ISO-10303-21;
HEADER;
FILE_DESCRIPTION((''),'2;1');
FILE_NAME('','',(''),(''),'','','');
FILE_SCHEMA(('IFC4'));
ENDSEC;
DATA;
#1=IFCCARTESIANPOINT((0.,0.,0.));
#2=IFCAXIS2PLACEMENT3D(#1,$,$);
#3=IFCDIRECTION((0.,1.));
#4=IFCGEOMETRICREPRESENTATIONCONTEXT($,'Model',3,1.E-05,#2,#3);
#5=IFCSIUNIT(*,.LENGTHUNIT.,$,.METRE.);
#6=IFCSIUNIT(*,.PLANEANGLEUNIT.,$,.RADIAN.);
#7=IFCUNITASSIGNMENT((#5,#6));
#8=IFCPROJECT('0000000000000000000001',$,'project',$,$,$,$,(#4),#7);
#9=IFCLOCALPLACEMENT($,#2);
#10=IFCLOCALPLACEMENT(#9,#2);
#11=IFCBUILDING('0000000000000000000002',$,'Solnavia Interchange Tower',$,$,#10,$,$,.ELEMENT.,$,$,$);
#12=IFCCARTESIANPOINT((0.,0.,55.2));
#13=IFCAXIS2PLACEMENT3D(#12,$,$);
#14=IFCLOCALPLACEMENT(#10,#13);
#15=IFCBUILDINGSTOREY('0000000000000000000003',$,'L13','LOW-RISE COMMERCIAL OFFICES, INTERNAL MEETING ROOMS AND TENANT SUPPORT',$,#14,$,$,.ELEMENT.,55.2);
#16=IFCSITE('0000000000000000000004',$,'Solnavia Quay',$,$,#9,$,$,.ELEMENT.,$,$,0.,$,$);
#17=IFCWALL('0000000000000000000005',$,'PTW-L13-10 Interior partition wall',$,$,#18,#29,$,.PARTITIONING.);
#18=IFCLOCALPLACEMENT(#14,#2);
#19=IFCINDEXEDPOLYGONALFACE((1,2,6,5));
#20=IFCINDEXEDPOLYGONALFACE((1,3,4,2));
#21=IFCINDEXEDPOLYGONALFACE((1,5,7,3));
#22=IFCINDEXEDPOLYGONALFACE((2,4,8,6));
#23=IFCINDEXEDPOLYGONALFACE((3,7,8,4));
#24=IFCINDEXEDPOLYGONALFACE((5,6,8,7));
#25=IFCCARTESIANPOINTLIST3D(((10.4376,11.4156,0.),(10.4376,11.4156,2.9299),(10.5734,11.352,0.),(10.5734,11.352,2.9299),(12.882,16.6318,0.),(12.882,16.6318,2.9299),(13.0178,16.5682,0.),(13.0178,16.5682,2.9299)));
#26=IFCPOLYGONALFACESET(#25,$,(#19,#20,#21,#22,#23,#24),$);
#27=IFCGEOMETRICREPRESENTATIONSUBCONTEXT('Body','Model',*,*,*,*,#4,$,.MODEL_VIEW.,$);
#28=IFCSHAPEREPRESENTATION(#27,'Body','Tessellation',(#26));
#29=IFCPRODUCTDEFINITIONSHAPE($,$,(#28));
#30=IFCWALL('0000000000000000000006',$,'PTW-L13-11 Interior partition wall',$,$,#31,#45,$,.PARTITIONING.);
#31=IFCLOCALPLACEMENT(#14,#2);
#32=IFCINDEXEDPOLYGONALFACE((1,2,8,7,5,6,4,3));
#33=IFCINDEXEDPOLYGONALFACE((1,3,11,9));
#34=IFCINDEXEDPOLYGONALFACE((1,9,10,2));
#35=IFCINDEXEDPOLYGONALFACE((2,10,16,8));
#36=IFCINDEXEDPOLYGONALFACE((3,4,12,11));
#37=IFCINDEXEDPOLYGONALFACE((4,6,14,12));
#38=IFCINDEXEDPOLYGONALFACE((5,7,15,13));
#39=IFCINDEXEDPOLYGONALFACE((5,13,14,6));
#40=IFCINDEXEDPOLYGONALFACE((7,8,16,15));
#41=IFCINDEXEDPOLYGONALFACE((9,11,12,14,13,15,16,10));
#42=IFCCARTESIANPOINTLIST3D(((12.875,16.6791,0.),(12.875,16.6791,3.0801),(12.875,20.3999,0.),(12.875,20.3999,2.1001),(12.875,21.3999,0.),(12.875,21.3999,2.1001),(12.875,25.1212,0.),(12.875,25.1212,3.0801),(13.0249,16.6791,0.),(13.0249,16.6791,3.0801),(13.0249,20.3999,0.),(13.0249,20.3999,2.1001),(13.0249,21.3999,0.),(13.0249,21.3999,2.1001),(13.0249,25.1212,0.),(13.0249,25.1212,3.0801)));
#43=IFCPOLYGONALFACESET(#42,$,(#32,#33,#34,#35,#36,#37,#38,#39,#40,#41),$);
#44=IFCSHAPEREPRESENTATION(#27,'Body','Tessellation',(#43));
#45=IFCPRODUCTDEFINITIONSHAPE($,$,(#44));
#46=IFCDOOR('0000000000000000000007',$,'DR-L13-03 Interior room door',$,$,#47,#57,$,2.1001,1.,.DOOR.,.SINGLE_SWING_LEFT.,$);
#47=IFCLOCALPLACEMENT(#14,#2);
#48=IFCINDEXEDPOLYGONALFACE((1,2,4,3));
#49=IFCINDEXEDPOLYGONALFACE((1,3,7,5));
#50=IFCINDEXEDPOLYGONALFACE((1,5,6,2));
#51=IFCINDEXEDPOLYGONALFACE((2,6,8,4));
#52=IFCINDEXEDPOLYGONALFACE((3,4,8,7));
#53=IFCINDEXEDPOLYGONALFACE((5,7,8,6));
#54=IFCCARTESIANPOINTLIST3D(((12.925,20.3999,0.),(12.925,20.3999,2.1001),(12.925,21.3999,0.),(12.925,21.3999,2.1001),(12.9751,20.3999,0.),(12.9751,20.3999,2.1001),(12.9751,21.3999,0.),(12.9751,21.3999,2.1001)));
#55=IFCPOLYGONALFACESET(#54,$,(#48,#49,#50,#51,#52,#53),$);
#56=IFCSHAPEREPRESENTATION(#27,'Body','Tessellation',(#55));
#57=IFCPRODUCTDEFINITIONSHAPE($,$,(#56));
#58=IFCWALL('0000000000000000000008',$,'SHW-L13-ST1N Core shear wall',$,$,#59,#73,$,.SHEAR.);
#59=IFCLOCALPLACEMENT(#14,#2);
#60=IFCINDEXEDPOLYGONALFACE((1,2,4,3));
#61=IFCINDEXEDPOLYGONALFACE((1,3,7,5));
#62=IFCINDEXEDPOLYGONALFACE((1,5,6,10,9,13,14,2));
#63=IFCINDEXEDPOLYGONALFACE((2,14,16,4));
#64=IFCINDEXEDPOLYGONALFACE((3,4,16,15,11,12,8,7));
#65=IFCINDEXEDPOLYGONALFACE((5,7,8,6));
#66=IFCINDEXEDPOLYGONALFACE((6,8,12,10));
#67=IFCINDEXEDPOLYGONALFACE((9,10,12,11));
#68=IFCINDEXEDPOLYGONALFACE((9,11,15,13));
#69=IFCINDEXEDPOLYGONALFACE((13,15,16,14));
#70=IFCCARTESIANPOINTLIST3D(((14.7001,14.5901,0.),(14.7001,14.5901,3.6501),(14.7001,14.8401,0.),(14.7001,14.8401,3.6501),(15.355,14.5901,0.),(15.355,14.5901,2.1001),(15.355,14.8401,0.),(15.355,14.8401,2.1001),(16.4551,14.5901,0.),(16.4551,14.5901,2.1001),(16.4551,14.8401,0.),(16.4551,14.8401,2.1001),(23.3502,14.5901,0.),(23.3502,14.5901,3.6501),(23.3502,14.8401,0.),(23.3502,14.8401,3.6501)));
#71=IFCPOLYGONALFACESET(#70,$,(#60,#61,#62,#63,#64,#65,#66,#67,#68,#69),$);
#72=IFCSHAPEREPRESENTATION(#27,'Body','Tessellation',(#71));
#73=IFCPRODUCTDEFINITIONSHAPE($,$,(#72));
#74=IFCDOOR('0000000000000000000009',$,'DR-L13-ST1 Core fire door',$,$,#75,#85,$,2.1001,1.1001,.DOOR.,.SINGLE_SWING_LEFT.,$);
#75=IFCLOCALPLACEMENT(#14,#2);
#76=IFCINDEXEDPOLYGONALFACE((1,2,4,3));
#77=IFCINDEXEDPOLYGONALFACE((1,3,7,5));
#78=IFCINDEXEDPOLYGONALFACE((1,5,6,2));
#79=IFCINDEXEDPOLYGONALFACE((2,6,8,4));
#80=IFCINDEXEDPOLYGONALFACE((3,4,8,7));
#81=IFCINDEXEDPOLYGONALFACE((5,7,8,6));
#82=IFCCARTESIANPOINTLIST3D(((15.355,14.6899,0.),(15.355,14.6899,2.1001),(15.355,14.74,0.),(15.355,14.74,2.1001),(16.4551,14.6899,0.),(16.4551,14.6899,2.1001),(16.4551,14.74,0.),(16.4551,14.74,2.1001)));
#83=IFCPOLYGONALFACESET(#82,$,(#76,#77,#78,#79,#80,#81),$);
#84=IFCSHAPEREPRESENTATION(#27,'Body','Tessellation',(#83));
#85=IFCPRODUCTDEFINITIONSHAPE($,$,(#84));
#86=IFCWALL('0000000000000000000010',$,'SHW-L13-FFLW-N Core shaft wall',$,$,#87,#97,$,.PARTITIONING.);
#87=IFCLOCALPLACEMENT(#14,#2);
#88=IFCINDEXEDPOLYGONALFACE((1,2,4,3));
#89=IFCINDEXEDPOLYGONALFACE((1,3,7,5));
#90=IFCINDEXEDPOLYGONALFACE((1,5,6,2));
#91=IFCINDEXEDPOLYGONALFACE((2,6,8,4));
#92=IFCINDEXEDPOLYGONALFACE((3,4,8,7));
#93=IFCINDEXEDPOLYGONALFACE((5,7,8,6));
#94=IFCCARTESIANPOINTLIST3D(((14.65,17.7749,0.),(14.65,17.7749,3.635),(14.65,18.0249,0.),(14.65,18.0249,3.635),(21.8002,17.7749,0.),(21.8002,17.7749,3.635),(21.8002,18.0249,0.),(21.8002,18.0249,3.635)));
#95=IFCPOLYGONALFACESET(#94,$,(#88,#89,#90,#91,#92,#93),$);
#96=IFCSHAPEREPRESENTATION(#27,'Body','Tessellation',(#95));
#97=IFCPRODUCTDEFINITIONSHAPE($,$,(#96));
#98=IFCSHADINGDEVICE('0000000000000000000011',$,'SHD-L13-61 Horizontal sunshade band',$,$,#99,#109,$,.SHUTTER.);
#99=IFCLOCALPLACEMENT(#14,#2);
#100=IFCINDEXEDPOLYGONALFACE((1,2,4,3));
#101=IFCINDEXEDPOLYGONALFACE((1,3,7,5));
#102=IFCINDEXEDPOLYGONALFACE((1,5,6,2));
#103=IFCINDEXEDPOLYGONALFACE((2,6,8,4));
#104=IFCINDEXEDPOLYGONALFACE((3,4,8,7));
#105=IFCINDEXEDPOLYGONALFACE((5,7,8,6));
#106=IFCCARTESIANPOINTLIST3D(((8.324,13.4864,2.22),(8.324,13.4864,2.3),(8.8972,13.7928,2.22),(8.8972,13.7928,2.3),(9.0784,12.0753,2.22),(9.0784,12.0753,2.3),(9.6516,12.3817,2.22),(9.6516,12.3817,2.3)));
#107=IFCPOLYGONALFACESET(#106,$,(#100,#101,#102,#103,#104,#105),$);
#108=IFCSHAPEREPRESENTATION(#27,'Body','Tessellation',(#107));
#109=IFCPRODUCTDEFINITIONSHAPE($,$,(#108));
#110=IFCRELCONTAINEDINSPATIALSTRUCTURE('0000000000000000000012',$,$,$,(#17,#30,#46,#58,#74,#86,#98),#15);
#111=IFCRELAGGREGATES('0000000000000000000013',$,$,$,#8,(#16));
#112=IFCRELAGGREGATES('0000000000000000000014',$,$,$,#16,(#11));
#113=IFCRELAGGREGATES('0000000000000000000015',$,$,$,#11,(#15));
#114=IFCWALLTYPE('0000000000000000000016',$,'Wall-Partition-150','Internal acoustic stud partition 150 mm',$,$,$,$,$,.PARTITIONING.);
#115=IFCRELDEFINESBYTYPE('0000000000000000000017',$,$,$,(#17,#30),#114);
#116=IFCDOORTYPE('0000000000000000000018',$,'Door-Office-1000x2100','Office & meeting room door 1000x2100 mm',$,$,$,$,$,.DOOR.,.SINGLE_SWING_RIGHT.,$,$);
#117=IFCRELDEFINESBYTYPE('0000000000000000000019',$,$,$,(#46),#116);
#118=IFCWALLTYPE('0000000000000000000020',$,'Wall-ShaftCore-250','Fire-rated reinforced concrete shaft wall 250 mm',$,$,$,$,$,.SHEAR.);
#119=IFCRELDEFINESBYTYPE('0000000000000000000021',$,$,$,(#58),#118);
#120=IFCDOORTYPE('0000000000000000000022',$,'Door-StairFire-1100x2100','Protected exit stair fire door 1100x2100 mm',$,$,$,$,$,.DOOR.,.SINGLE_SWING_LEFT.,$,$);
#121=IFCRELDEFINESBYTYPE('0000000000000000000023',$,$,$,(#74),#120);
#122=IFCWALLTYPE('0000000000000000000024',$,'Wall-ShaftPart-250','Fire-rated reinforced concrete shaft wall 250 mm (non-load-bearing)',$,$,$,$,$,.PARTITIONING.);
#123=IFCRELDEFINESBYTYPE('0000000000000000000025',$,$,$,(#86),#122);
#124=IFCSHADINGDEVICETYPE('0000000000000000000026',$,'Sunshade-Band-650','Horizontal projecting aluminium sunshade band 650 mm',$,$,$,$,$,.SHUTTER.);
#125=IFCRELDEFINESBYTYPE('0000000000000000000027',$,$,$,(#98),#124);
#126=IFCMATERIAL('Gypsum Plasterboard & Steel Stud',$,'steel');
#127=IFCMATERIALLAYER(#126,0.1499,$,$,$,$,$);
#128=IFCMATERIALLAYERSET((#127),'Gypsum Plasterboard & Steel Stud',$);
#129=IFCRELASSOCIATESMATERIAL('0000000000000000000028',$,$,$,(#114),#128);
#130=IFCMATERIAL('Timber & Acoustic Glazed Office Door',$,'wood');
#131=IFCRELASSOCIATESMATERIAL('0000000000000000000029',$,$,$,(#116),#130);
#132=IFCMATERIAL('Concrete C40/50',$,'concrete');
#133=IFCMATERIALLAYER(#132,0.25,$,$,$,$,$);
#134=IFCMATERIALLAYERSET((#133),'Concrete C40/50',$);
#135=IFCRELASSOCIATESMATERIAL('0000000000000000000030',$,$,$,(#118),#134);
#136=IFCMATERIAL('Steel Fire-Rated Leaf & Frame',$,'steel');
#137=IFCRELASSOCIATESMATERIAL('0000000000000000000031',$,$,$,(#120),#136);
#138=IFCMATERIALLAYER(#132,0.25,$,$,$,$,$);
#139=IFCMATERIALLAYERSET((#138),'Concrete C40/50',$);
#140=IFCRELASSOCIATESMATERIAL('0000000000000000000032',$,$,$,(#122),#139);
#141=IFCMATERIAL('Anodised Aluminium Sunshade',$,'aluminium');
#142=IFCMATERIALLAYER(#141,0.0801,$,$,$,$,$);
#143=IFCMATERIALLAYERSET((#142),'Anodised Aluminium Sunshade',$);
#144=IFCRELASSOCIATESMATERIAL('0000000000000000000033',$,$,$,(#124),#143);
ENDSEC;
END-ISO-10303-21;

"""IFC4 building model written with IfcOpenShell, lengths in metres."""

from ifc_helpers import new_model, si_unit, direction, frame, frame_2d, origin, origin_2d, place, context, subcontext, project, spatial, rectangle, extrude, material, layer, layer_set, type_object, element, fill, save


model = new_model("IFC4")

# Units and contexts
model_context = context("Model", 3, precision=1e-05, world=origin(), true_north=direction((0.0, 1.0)))
body_context = subcontext(model_context, "Body", "Model", "MODEL_VIEW")
ifc_project = project(units=[si_unit("LENGTHUNIT", "METRE"), si_unit("PLANEANGLEUNIT", "RADIAN")], contexts=[model_context])

# Site, building, storey
site_placement = place(None, origin())
site = spatial("IfcSite", under=ifc_project, at=site_placement, Name="Solnavia Quay", CompositionType="ELEMENT", RefElevation=0.0)
building_placement = place(site_placement, origin())
building = spatial("IfcBuilding", under=site, at=building_placement, Name="Solnavia Interchange Tower", CompositionType="ELEMENT")
storey_placement = place(building_placement, frame((0.0, 0.0, 55.2)))
storey = spatial("IfcBuildingStorey", under=building, at=storey_placement, Name="L13", Description="LOW-RISE COMMERCIAL OFFICES, INTERNAL MEETING ROOMS AND TENANT SUPPORT", CompositionType="ELEMENT", Elevation=55.2)

# Shared definitions
ifc_material_1 = material(Name="Concrete C40/50", Category="concrete")

# Wall
ifc_material_2 = material(Name="Gypsum Plasterboard & Steel Stud", Category="steel")
ifc_layer_1 = layer(ifc_material_2, 0.1499)
ifc_layer_set_1 = layer_set([ifc_layer_1], Name="Gypsum Plasterboard & Steel Stud")
wall_type_1 = type_object("IfcWallType", Name="Wall-Partition-150", Description="Internal acoustic stud partition 150 mm", PredefinedType="PARTITIONING", material=ifc_layer_set_1)
wall_1_placement = place(storey_placement, frame((12.95, 16.6001, 0.0), z_axis=(0.0, 0.0, 1.0), x_axis=(-0.424335, -0.905505, 0.0)))
element("IfcWall", 1, at=wall_1_placement, inside=storey, type_object=wall_type_1, Name="PTW-L13-10 Interior partition wall", PredefinedType="PARTITIONING", context=body_context, shape_type="SweptSolid", body=[
    extrude(rectangle(XDim=5.7605, YDim=0.1499, at=frame_2d((2.8804, 0.0))), origin(), (0.0, 0.0, 1.0), 2.9299),
])

# Walls, openings, doors
wall_2_placement = place(storey_placement, frame((12.95, 16.679, 0.0), z_axis=(0.0, 0.0, 1.0), x_axis=(0.0, 1.0, 0.0)))
wall_2 = element("IfcWall", 2, at=wall_2_placement, inside=storey, type_object=wall_type_1, Name="PTW-L13-11 Interior partition wall", PredefinedType="PARTITIONING", context=body_context, shape_type="SweptSolid", body=[
    extrude(rectangle(XDim=8.4421, YDim=0.1499, at=frame_2d((4.2212, 0.0))), origin(), (0.0, 0.0, 1.0), 3.0801),
])
opening_1_placement = place(wall_2_placement, frame((3.7209, 0.0, 0.0)))
opening_1 = element("IfcOpeningElement", 3, at=opening_1_placement, cuts=wall_2, PredefinedType="OPENING", context=body_context, shape_type="SweptSolid", body=[
    extrude(rectangle(XDim=1.0, YDim=2.1001, at=frame_2d((0.5, 1.05))), frame((0.0, 0.085, 0.0), z_axis=(0.0, -1.0, 0.0), x_axis=(1.0, 0.0, 0.0)), (0.0, 0.0, 1.0), 0.1699),
])
ifc_material_3 = material(Name="Timber & Acoustic Glazed Office Door", Category="wood")
door_type_1 = type_object("IfcDoorType", Name="Door-Office-1000x2100", Description="Office & meeting room door 1000x2100 mm", OperationType="SINGLE_SWING_RIGHT", PredefinedType="DOOR", material=ifc_material_3)
door_1_placement = place(opening_1_placement, origin())
door_1 = element("IfcDoor", 4, at=door_1_placement, inside=storey, type_object=door_type_1, Name="DR-L13-03 Interior room door", OperationType="SINGLE_SWING_LEFT", OverallHeight=2.1001, OverallWidth=1.0, PredefinedType="DOOR", context=body_context, shape_type="SweptSolid", body=[
    extrude(rectangle(XDim=1.0, YDim=2.1001, at=frame_2d((0.5, 1.05))), frame((0.0, 0.0249, 0.0), z_axis=(0.0, -1.0, 0.0), x_axis=(1.0, 0.0, 0.0)), (0.0, 0.0, 1.0), 0.05),
])
fill(opening_1, door_1)
ifc_layer_2 = layer(ifc_material_1, 0.25)
ifc_layer_set_2 = layer_set([ifc_layer_2], Name="Concrete C40/50")
wall_type_2 = type_object("IfcWallType", Name="Wall-ShaftCore-250", Description="Fire-rated reinforced concrete shaft wall 250 mm", PredefinedType="SHEAR", material=ifc_layer_set_2)
wall_3_placement = place(storey_placement, frame((14.7, 14.7151, 0.0), z_axis=(0.0, 0.0, 1.0), x_axis=(1.0, 0.0, 0.0)))
wall_3 = element("IfcWall", 5, at=wall_3_placement, inside=storey, type_object=wall_type_2, Name="SHW-L13-ST1N Core shear wall", PredefinedType="SHEAR", context=body_context, shape_type="SweptSolid", body=[
    extrude(rectangle(XDim=8.6501, YDim=0.25, at=frame_2d((4.3252, 0.0))), origin(), (0.0, 0.0, 1.0), 3.6501),
])
opening_2_placement = place(wall_3_placement, frame((0.655, 0.0, 0.0)))
opening_2 = element("IfcOpeningElement", 6, at=opening_2_placement, cuts=wall_3, PredefinedType="OPENING", context=body_context, shape_type="SweptSolid", body=[
    extrude(rectangle(XDim=1.1001, YDim=2.1001, at=frame_2d((0.55, 1.05))), frame((0.0, 0.135, 0.0), z_axis=(0.0, -1.0, 0.0), x_axis=(1.0, 0.0, 0.0)), (0.0, 0.0, 1.0), 0.27),
])
ifc_material_4 = material(Name="Steel Fire-Rated Leaf & Frame", Category="steel")
door_type_2 = type_object("IfcDoorType", Name="Door-StairFire-1100x2100", Description="Protected exit stair fire door 1100x2100 mm", OperationType="SINGLE_SWING_LEFT", PredefinedType="DOOR", material=ifc_material_4)
door_2_placement = place(opening_2_placement, origin())
door_2 = element("IfcDoor", 7, at=door_2_placement, inside=storey, type_object=door_type_2, Name="DR-L13-ST1 Core fire door", OperationType="SINGLE_SWING_LEFT", OverallHeight=2.1001, OverallWidth=1.1001, PredefinedType="DOOR", context=body_context, shape_type="SweptSolid", body=[
    extrude(rectangle(XDim=1.1001, YDim=2.1001, at=frame_2d((0.55, 1.05))), frame((0.0, 0.0249, 0.0), z_axis=(0.0, -1.0, 0.0), x_axis=(1.0, 0.0, 0.0)), (0.0, 0.0, 1.0), 0.05),
])
fill(opening_2, door_2)

# Wall
ifc_layer_3 = layer(ifc_material_1, 0.25)
ifc_layer_set_3 = layer_set([ifc_layer_3], Name="Concrete C40/50")
wall_type_3 = type_object("IfcWallType", Name="Wall-ShaftPart-250", Description="Fire-rated reinforced concrete shaft wall 250 mm (non-load-bearing)", PredefinedType="PARTITIONING", material=ifc_layer_set_3)
wall_4_placement = place(storey_placement, frame((14.6499, 17.8999, 0.0), z_axis=(0.0, 0.0, 1.0), x_axis=(1.0, 0.0, 0.0)))
element("IfcWall", 8, at=wall_4_placement, inside=storey, type_object=wall_type_3, Name="SHW-L13-FFLW-N Core shaft wall", PredefinedType="PARTITIONING", context=body_context, shape_type="SweptSolid", body=[
    extrude(rectangle(XDim=7.1501, YDim=0.25, at=frame_2d((3.5752, 0.0))), origin(), (0.0, 0.0, 1.0), 3.635),
])

# Shading device
ifc_material_5 = material(Name="Anodised Aluminium Sunshade", Category="aluminium")
ifc_layer_4 = layer(ifc_material_5, 0.0801)
ifc_layer_set_4 = layer_set([ifc_layer_4], Name="Anodised Aluminium Sunshade")
shading_device_type = type_object("IfcShadingDeviceType", Name="Sunshade-Band-650", Description="Horizontal projecting aluminium sunshade band 650 mm", PredefinedType="SHUTTER", material=ifc_layer_set_4)
shading_device_placement = place(storey_placement, frame((8.9878, 12.9341, 2.22), z_axis=(0.0, 0.0, 1.0), x_axis=(-0.471474, 0.88188, 0.0)))
element("IfcShadingDevice", 9, at=shading_device_placement, inside=storey, type_object=shading_device_type, Name="SHD-L13-61 Horizontal sunshade band", PredefinedType="SHUTTER", context=body_context, shape_type="SweptSolid", body=[
    extrude(rectangle(XDim=1.6001, YDim=0.6499, at=origin_2d()), origin(), (0.0, 0.0, 1.0), 0.0801),
])

save(model, "model.ifc")
